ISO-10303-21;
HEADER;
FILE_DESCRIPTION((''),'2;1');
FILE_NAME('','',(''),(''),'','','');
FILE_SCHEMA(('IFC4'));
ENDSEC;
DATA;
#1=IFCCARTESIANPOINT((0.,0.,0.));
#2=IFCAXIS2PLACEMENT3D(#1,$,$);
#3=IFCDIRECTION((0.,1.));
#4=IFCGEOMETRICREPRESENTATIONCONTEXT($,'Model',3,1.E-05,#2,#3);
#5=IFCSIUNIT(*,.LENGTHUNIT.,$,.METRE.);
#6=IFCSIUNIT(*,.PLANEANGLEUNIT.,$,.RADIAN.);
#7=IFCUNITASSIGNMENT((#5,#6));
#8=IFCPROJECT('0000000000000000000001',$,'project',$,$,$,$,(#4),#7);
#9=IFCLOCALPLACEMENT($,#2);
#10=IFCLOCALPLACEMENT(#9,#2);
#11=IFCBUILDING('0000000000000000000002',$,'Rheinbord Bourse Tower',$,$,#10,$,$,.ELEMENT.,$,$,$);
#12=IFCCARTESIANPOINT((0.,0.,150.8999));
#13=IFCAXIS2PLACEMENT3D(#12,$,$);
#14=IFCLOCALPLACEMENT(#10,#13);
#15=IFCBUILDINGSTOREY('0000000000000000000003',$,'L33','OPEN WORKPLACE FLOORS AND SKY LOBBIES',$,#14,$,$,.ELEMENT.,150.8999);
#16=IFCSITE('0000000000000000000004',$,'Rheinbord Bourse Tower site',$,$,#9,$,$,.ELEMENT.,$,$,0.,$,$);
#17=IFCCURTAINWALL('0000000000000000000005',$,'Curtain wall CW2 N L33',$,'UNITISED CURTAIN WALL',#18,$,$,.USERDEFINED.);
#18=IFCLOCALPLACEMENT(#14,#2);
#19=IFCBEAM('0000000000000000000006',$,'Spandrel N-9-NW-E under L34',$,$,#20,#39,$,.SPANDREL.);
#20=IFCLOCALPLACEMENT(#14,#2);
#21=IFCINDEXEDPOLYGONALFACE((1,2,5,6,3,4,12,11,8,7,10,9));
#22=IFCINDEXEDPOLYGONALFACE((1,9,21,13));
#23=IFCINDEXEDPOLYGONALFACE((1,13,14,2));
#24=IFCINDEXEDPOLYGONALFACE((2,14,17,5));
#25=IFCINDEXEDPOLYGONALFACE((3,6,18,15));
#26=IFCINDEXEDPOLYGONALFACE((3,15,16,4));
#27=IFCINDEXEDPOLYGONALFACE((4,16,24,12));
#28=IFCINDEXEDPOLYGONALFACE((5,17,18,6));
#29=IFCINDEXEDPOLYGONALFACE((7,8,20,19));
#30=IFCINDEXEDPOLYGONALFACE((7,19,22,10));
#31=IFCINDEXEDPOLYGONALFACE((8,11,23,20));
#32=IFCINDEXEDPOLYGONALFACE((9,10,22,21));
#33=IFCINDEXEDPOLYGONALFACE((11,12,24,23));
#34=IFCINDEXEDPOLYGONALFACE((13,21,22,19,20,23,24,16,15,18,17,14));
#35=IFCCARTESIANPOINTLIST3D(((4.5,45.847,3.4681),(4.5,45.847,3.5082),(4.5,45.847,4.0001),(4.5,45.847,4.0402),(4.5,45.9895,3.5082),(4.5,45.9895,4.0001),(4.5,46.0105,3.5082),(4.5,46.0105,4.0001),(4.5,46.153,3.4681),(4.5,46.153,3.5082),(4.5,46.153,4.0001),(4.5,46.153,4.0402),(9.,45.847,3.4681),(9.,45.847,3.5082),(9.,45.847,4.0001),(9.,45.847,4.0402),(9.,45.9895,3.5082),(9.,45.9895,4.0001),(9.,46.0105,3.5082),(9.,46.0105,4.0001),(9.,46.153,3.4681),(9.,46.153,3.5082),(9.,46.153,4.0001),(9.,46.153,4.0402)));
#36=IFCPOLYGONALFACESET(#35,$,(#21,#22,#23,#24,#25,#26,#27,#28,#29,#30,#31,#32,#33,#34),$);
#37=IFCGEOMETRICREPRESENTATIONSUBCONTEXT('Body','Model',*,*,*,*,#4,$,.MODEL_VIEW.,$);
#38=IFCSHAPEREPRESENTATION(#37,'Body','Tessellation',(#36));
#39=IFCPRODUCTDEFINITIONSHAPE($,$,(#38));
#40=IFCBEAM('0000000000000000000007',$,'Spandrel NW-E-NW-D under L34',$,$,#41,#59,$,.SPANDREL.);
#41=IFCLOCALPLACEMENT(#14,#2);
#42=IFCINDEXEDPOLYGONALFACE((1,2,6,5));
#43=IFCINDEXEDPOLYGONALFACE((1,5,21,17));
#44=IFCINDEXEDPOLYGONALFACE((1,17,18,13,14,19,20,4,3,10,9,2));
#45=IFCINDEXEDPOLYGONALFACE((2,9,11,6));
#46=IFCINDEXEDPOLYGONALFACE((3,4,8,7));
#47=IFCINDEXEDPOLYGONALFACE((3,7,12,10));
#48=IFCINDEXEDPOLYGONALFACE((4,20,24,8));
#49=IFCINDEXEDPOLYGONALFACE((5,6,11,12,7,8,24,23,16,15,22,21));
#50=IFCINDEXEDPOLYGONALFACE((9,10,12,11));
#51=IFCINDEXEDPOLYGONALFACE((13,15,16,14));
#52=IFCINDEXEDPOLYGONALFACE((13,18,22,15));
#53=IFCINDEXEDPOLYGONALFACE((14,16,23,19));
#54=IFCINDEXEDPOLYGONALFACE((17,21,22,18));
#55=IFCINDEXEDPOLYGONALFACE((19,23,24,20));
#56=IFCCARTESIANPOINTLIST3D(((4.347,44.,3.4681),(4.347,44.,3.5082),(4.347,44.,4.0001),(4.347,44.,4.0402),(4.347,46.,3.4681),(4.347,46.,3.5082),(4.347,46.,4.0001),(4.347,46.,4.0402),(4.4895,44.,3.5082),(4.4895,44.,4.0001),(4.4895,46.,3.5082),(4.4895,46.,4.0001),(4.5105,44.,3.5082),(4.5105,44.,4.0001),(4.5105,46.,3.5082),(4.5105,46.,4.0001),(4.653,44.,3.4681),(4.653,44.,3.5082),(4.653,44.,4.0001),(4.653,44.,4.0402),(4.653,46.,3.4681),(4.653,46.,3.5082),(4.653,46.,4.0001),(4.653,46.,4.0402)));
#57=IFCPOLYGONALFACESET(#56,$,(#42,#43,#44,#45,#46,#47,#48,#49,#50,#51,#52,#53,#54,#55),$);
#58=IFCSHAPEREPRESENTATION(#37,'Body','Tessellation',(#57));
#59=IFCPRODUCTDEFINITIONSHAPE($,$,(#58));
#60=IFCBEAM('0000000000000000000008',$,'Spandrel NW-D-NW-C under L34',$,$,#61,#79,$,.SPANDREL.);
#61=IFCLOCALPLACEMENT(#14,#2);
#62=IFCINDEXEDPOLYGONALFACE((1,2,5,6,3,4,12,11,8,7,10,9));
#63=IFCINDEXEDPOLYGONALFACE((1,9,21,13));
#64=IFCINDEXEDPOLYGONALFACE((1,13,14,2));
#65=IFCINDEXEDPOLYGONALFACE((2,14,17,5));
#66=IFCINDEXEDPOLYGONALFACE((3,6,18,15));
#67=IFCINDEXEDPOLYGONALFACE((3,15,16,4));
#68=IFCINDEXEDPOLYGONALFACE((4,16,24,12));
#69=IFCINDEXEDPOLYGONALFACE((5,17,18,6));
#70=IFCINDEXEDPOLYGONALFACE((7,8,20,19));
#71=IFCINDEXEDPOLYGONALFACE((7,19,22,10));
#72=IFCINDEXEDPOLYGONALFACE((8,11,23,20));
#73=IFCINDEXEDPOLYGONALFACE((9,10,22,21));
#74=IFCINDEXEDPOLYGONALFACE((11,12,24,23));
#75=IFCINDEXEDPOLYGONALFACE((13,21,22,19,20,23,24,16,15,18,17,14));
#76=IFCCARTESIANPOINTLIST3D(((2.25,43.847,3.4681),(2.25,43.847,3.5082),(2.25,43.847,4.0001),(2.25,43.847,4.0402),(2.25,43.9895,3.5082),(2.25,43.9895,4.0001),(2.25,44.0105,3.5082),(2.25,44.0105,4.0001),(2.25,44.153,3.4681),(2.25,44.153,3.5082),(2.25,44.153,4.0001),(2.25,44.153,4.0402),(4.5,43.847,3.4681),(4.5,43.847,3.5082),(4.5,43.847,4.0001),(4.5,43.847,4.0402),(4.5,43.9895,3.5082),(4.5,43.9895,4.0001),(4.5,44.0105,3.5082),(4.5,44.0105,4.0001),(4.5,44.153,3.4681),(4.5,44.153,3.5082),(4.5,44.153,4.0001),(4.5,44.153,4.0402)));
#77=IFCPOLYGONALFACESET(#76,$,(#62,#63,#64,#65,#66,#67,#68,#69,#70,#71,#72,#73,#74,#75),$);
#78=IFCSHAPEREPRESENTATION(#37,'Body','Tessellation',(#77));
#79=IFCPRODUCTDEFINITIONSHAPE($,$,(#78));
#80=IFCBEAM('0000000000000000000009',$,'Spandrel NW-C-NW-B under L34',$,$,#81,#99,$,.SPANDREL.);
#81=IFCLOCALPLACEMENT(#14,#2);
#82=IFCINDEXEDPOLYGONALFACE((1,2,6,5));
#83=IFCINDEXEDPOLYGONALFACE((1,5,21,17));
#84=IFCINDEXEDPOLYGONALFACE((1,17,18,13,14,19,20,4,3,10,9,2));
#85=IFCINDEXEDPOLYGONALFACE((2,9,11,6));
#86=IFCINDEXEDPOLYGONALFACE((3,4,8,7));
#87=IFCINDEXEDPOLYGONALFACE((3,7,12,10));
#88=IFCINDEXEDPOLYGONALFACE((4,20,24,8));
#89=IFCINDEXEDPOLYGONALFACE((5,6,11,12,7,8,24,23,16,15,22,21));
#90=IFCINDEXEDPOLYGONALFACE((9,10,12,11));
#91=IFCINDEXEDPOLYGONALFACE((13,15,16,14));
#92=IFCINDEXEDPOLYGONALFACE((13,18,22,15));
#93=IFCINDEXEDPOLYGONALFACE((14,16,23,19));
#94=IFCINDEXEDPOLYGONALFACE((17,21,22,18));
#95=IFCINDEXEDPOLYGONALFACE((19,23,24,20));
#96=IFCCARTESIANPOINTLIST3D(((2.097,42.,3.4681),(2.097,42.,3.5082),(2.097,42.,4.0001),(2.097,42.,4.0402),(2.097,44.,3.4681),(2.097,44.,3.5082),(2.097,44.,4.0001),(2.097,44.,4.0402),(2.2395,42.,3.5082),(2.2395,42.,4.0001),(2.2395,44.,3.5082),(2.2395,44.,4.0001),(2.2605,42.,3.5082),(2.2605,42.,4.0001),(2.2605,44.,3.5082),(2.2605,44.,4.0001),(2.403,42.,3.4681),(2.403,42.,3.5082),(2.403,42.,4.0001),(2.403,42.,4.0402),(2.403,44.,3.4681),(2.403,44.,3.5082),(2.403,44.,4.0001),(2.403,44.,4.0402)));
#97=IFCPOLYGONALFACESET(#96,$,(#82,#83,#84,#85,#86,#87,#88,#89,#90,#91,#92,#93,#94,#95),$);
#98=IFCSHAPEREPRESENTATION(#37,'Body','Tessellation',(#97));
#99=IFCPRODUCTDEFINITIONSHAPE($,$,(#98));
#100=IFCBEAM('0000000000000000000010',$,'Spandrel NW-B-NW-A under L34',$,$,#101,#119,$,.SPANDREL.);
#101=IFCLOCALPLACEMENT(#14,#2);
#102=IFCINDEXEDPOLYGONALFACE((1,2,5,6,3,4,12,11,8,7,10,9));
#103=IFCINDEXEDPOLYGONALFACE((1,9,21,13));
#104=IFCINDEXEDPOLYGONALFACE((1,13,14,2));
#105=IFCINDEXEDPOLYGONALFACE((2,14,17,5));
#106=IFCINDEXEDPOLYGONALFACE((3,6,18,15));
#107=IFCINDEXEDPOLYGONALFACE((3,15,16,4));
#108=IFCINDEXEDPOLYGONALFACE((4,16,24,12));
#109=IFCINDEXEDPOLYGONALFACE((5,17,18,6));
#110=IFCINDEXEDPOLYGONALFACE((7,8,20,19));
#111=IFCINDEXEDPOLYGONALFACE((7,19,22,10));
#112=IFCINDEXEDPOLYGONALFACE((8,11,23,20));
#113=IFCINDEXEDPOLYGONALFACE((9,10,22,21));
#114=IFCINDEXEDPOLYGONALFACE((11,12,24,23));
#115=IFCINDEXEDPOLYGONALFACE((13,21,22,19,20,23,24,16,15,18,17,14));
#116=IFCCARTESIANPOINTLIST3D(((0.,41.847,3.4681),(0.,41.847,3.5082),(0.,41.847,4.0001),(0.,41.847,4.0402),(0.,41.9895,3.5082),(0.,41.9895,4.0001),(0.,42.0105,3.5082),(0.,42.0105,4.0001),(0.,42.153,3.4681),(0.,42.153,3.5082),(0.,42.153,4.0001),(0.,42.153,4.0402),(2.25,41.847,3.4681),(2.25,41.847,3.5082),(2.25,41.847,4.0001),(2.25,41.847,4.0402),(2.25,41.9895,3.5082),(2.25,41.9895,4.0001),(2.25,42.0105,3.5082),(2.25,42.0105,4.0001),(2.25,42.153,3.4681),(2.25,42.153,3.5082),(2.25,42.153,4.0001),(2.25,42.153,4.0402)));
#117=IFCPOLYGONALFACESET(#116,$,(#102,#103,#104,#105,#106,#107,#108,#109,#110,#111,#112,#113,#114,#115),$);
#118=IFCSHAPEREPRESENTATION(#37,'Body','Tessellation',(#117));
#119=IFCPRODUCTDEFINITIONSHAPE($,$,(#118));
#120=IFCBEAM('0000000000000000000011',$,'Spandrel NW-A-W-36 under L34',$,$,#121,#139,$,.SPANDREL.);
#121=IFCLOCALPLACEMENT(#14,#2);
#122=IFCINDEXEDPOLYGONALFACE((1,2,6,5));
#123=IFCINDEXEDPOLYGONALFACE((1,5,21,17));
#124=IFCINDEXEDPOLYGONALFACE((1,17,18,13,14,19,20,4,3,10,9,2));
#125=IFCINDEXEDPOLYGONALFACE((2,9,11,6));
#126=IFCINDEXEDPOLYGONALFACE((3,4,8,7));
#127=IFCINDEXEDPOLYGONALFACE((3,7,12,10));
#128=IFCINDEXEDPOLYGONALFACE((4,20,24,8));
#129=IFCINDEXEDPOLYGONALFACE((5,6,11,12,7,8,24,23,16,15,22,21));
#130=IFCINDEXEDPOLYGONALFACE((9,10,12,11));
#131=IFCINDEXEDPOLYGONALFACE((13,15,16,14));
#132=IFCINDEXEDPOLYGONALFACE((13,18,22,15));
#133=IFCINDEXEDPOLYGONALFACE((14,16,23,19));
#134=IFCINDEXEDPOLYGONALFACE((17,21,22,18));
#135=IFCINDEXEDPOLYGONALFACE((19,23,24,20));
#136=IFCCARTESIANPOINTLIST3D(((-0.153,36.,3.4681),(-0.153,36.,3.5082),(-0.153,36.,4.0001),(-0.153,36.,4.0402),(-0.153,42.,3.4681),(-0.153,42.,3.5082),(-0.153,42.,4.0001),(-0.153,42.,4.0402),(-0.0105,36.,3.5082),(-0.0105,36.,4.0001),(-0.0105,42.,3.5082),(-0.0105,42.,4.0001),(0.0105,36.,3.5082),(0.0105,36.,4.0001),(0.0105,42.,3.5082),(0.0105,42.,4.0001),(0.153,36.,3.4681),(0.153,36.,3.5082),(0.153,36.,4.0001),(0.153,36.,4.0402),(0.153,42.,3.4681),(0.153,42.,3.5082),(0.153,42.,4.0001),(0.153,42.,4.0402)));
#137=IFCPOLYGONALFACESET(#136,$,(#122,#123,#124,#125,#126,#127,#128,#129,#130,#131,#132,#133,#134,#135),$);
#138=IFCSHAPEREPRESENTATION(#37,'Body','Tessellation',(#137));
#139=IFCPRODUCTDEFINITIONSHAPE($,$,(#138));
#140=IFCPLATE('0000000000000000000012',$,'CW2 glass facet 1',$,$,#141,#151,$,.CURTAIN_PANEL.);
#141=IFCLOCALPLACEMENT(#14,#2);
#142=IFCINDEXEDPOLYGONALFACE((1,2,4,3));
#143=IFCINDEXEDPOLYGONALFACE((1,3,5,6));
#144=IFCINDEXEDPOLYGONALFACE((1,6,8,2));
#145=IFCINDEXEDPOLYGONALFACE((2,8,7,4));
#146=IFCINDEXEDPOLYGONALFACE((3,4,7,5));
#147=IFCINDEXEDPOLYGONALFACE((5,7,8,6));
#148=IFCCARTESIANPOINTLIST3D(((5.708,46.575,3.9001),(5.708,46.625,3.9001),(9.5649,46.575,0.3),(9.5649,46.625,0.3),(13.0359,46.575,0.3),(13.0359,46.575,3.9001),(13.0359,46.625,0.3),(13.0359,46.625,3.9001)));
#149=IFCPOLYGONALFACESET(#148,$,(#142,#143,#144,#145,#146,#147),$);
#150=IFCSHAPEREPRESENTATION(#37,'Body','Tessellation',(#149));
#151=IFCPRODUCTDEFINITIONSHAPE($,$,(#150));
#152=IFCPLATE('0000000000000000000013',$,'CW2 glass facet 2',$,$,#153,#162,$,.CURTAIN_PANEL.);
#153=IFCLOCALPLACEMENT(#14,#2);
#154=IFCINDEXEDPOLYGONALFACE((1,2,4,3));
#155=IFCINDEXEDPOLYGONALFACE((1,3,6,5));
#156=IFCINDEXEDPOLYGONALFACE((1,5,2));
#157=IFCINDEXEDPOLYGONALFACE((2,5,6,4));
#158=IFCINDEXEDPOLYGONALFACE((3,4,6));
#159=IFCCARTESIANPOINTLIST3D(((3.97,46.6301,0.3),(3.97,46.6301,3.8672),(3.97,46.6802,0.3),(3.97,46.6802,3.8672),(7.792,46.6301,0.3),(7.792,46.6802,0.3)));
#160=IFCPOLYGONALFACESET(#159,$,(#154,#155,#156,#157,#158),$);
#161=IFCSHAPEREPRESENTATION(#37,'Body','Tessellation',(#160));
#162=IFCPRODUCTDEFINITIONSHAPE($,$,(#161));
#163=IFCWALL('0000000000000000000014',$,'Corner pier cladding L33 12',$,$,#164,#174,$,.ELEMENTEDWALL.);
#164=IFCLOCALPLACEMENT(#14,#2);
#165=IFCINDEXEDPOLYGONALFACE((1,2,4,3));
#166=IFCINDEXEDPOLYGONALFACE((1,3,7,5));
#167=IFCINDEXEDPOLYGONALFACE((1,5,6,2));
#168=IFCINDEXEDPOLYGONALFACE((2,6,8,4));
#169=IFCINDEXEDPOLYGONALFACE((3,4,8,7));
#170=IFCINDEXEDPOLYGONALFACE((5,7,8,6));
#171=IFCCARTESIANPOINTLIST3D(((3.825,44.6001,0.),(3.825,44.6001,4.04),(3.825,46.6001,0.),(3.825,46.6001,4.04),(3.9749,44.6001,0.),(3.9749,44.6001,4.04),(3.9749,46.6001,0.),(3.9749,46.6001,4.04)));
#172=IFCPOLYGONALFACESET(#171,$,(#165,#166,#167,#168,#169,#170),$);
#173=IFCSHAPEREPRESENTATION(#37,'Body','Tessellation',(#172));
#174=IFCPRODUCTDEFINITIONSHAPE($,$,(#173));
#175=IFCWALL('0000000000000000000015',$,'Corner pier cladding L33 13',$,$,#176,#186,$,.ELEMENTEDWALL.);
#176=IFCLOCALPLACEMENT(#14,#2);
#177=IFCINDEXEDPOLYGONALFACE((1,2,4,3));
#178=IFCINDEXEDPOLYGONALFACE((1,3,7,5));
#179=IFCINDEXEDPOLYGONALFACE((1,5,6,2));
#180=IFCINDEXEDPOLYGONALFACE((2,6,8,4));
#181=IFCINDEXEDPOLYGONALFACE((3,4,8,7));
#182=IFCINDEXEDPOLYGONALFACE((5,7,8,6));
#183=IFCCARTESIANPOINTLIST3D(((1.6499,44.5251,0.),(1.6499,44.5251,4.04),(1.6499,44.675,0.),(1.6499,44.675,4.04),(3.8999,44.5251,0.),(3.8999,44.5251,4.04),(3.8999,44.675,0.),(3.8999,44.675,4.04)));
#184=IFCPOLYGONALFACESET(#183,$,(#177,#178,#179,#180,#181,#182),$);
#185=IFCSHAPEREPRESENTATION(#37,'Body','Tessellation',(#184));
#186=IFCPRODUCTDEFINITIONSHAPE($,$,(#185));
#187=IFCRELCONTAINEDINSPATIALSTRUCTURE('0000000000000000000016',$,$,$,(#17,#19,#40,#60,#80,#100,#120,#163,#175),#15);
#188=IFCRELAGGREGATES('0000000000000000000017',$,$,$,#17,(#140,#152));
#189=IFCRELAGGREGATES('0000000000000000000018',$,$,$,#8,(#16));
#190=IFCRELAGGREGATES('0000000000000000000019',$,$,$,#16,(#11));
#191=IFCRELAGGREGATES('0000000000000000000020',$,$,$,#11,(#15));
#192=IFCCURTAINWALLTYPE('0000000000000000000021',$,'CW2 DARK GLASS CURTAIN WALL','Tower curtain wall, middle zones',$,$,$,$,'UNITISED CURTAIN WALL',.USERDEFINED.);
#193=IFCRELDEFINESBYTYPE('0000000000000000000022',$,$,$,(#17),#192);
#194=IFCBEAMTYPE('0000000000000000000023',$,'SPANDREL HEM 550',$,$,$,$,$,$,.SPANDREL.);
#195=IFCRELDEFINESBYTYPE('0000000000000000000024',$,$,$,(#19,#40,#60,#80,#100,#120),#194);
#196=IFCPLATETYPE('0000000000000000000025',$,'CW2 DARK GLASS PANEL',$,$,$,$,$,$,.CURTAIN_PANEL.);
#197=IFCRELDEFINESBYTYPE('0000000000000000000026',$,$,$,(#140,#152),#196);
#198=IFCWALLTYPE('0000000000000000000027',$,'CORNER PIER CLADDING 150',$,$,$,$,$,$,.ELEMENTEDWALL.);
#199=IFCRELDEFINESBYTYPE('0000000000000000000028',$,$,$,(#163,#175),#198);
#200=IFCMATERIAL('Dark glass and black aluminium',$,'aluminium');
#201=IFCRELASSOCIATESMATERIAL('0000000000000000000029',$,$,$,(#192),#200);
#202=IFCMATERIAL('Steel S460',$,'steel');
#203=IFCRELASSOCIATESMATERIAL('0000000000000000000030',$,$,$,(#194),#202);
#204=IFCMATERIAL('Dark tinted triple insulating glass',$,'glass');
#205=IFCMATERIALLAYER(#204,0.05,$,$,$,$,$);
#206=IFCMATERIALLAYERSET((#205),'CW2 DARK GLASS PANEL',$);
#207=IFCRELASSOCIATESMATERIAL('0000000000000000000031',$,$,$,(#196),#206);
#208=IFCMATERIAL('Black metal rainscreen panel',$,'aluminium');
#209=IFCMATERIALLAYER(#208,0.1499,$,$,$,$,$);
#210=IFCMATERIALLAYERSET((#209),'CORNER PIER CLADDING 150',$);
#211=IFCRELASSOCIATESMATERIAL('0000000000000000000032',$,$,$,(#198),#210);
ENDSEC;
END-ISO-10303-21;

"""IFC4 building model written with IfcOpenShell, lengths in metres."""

from ifc_helpers import new_model, si_unit, direction, frame, frame_2d, origin, origin_2d, place, context, subcontext, project, spatial, polyline, rectangle, i_section, outline, extrude, material, layer, layer_set, material_profile, profile_set, type_object, element, aggregate, save


model = new_model("IFC4")

# Units and contexts
model_context = context("Model", 3, precision=1e-05, world=origin(), true_north=direction((0.0, 1.0)))
body_context = subcontext(model_context, "Body", "Model", "MODEL_VIEW")
ifc_project = project(units=[si_unit("LENGTHUNIT", "METRE"), si_unit("PLANEANGLEUNIT", "RADIAN")], contexts=[model_context])

# Site, building, storey
site_placement = place(None, origin())
site = spatial("IfcSite", under=ifc_project, at=site_placement, Name="Rheinbord Bourse Tower site", CompositionType="ELEMENT", RefElevation=0.0)
building_placement = place(site_placement, origin())
building = spatial("IfcBuilding", under=site, at=building_placement, Name="Rheinbord Bourse Tower", CompositionType="ELEMENT")
storey_placement = place(building_placement, frame((0.0, 0.0, 150.8999)))
storey = spatial("IfcBuildingStorey", under=building, at=storey_placement, Name="L33", Description="OPEN WORKPLACE FLOORS AND SKY LOBBIES", CompositionType="ELEMENT", Elevation=150.8999)

# Curtain wall
ifc_material_1 = material(Name="Dark glass and black aluminium", Category="aluminium")
curtain_wall_type = type_object("IfcCurtainWallType", Name="CW2 DARK GLASS CURTAIN WALL", Description="Tower curtain wall, middle zones", ElementType="UNITISED CURTAIN WALL", PredefinedType="USERDEFINED", material=ifc_material_1)
curtain_wall_1_placement = place(storey_placement, origin())
curtain_wall_1 = element("IfcCurtainWall", 1, at=curtain_wall_1_placement, inside=storey, type_object=curtain_wall_type, Name="Curtain wall CW2 N L33", ObjectType="UNITISED CURTAIN WALL", PredefinedType="USERDEFINED")

# Beams
ifc_material_2 = material(Name="Steel S460", Category="steel")
ifc_material_profile_1 = material_profile(ifc_material_2, i_section(OverallWidth=0.3059, OverallDepth=0.572, WebThickness=0.021, FlangeThickness=0.04, at=origin_2d()), Name="HEM 550")
ifc_profile_set_1 = profile_set([ifc_material_profile_1], Name="Steel S460")
beam_type_1 = type_object("IfcBeamType", Name="SPANDREL HEM 550", PredefinedType="SPANDREL", material=ifc_profile_set_1)
for number, where, z_axis, x_axis, name in (
    (2, (9.0, 46.0, 3.7542), (-1.0, 0.0, 0.0), (0.0, -1.0, 0.0), "Spandrel N-9-NW-E under L34"),
):
    element("IfcBeam", number, at=place(storey_placement, frame(where, z_axis=z_axis, x_axis=x_axis)), inside=storey, type_object=beam_type_1, Name=name, PredefinedType="SPANDREL", context=body_context, shape_type="SweptSolid", body=[
        extrude(i_section(OverallWidth=0.3059, OverallDepth=0.572, WebThickness=0.021, FlangeThickness=0.04, at=origin_2d()), origin(), (0.0, 0.0, 1.0), 4.5),
    ])
beam_1_placement = place(storey_placement, frame((4.5, 46.0, 3.7542), z_axis=(0.0, -1.0, 0.0), x_axis=(1.0, 0.0, 0.0)))
element("IfcBeam", 3, at=beam_1_placement, inside=storey, type_object=beam_type_1, Name="Spandrel NW-E-NW-D under L34", PredefinedType="SPANDREL", context=body_context, shape_type="SweptSolid", body=[
    extrude(i_section(OverallWidth=0.3059, OverallDepth=0.572, WebThickness=0.021, FlangeThickness=0.04, at=origin_2d()), origin(), (0.0, 0.0, 1.0), 2.0),
])
beam_2_placement = place(storey_placement, frame((4.5, 44.0, 3.7542), z_axis=(-1.0, 0.0, 0.0), x_axis=(0.0, -1.0, 0.0)))
element("IfcBeam", 4, at=beam_2_placement, inside=storey, type_object=beam_type_1, Name="Spandrel NW-D-NW-C under L34", PredefinedType="SPANDREL", context=body_context, shape_type="SweptSolid", body=[
    extrude(i_section(OverallWidth=0.3059, OverallDepth=0.572, WebThickness=0.021, FlangeThickness=0.04, at=origin_2d()), origin(), (0.0, 0.0, 1.0), 2.25),
])
beam_3_placement = place(storey_placement, frame((2.25, 44.0, 3.7542), z_axis=(0.0, -1.0, 0.0), x_axis=(1.0, 0.0, 0.0)))
element("IfcBeam", 5, at=beam_3_placement, inside=storey, type_object=beam_type_1, Name="Spandrel NW-C-NW-B under L34", PredefinedType="SPANDREL", context=body_context, shape_type="SweptSolid", body=[
    extrude(i_section(OverallWidth=0.3059, OverallDepth=0.572, WebThickness=0.021, FlangeThickness=0.04, at=origin_2d()), origin(), (0.0, 0.0, 1.0), 2.0),
])
beam_4_placement = place(storey_placement, frame((2.25, 42.0, 3.7542), z_axis=(-1.0, 0.0, 0.0), x_axis=(0.0, -1.0, 0.0)))
element("IfcBeam", 6, at=beam_4_placement, inside=storey, type_object=beam_type_1, Name="Spandrel NW-B-NW-A under L34", PredefinedType="SPANDREL", context=body_context, shape_type="SweptSolid", body=[
    extrude(i_section(OverallWidth=0.3059, OverallDepth=0.572, WebThickness=0.021, FlangeThickness=0.04, at=origin_2d()), origin(), (0.0, 0.0, 1.0), 2.25),
])
beam_5_placement = place(storey_placement, frame((0.0, 42.0, 3.7542), z_axis=(0.0, -1.0, 0.0), x_axis=(1.0, 0.0, 0.0)))
element("IfcBeam", 7, at=beam_5_placement, inside=storey, type_object=beam_type_1, Name="Spandrel NW-A-W-36 under L34", PredefinedType="SPANDREL", context=body_context, shape_type="SweptSolid", body=[
    extrude(i_section(OverallWidth=0.3059, OverallDepth=0.572, WebThickness=0.021, FlangeThickness=0.04, at=origin_2d()), origin(), (0.0, 0.0, 1.0), 6.0),
])

# Plates
ifc_material_3 = material(Name="Dark tinted triple insulating glass", Category="glass")
ifc_layer_1 = layer(ifc_material_3, 0.05)
ifc_layer_set_1 = layer_set([ifc_layer_1], Name="CW2 DARK GLASS PANEL")
plate_type = type_object("IfcPlateType", Name="CW2 DARK GLASS PANEL", PredefinedType="CURTAIN_PANEL", material=ifc_layer_set_1)
plate_1_placement = place(storey_placement, frame((13.0359, 46.625, 0.3), z_axis=(0.0, -1.0, 0.0), x_axis=(0.0, 0.0, 1.0)))
plate_1 = element("IfcPlate", 8, at=plate_1_placement, type_object=plate_type, Name="CW2 glass facet 1", PredefinedType="CURTAIN_PANEL", context=body_context, shape_type="SweptSolid", body=[
    extrude(outline(polyline([(0.0, 0.0), (3.6001, 0.0), (3.6001, 7.3279), (0.0, 3.4709), (0.0, 0.0)])), origin(), (0.0, 0.0, 1.0), 0.05),
])
plate_2_placement = place(storey_placement, frame((3.97, 46.6802, 0.3), z_axis=(0.0, -1.0, 0.0), x_axis=(1.0, 0.0, 0.0)))
plate_2 = element("IfcPlate", 9, at=plate_2_placement, type_object=plate_type, Name="CW2 glass facet 2", PredefinedType="CURTAIN_PANEL", context=body_context, shape_type="SweptSolid", body=[
    extrude(outline(polyline([(0.0, 0.0), (3.822, 0.0), (0.0, 3.5671), (0.0, 0.0)])), origin(), (0.0, 0.0, 1.0), 0.05),
])
aggregate(curtain_wall_1, [plate_1, plate_2])

# Walls
ifc_material_4 = material(Name="Black metal rainscreen panel", Category="aluminium")
ifc_layer_2 = layer(ifc_material_4, 0.1499)
ifc_layer_set_2 = layer_set([ifc_layer_2], Name="CORNER PIER CLADDING 150")
wall_type = type_object("IfcWallType", Name="CORNER PIER CLADDING 150", PredefinedType="ELEMENTEDWALL", material=ifc_layer_set_2)
wall_1_placement = place(storey_placement, frame((3.8999, 46.6001, 0.0), z_axis=(0.0, 0.0, 1.0), x_axis=(0.0, -1.0, 0.0)))
element("IfcWall", 10, at=wall_1_placement, inside=storey, type_object=wall_type, Name="Corner pier cladding L33 12", PredefinedType="ELEMENTEDWALL", context=body_context, shape_type="SweptSolid", body=[
    extrude(rectangle(XDim=2.0, YDim=0.1499, at=frame_2d((1.0, 0.0))), origin(), (0.0, 0.0, 1.0), 4.04),
])
wall_2_placement = place(storey_placement, frame((3.8999, 44.6001, 0.0), z_axis=(0.0, 0.0, 1.0), x_axis=(-1.0, 0.0, 0.0)))
element("IfcWall", 11, at=wall_2_placement, inside=storey, type_object=wall_type, Name="Corner pier cladding L33 13", PredefinedType="ELEMENTEDWALL", context=body_context, shape_type="SweptSolid", body=[
    extrude(rectangle(XDim=2.25, YDim=0.1499, at=frame_2d((1.125, 0.0))), origin(), (0.0, 0.0, 1.0), 4.04),
])

save(model, "model.ifc")
